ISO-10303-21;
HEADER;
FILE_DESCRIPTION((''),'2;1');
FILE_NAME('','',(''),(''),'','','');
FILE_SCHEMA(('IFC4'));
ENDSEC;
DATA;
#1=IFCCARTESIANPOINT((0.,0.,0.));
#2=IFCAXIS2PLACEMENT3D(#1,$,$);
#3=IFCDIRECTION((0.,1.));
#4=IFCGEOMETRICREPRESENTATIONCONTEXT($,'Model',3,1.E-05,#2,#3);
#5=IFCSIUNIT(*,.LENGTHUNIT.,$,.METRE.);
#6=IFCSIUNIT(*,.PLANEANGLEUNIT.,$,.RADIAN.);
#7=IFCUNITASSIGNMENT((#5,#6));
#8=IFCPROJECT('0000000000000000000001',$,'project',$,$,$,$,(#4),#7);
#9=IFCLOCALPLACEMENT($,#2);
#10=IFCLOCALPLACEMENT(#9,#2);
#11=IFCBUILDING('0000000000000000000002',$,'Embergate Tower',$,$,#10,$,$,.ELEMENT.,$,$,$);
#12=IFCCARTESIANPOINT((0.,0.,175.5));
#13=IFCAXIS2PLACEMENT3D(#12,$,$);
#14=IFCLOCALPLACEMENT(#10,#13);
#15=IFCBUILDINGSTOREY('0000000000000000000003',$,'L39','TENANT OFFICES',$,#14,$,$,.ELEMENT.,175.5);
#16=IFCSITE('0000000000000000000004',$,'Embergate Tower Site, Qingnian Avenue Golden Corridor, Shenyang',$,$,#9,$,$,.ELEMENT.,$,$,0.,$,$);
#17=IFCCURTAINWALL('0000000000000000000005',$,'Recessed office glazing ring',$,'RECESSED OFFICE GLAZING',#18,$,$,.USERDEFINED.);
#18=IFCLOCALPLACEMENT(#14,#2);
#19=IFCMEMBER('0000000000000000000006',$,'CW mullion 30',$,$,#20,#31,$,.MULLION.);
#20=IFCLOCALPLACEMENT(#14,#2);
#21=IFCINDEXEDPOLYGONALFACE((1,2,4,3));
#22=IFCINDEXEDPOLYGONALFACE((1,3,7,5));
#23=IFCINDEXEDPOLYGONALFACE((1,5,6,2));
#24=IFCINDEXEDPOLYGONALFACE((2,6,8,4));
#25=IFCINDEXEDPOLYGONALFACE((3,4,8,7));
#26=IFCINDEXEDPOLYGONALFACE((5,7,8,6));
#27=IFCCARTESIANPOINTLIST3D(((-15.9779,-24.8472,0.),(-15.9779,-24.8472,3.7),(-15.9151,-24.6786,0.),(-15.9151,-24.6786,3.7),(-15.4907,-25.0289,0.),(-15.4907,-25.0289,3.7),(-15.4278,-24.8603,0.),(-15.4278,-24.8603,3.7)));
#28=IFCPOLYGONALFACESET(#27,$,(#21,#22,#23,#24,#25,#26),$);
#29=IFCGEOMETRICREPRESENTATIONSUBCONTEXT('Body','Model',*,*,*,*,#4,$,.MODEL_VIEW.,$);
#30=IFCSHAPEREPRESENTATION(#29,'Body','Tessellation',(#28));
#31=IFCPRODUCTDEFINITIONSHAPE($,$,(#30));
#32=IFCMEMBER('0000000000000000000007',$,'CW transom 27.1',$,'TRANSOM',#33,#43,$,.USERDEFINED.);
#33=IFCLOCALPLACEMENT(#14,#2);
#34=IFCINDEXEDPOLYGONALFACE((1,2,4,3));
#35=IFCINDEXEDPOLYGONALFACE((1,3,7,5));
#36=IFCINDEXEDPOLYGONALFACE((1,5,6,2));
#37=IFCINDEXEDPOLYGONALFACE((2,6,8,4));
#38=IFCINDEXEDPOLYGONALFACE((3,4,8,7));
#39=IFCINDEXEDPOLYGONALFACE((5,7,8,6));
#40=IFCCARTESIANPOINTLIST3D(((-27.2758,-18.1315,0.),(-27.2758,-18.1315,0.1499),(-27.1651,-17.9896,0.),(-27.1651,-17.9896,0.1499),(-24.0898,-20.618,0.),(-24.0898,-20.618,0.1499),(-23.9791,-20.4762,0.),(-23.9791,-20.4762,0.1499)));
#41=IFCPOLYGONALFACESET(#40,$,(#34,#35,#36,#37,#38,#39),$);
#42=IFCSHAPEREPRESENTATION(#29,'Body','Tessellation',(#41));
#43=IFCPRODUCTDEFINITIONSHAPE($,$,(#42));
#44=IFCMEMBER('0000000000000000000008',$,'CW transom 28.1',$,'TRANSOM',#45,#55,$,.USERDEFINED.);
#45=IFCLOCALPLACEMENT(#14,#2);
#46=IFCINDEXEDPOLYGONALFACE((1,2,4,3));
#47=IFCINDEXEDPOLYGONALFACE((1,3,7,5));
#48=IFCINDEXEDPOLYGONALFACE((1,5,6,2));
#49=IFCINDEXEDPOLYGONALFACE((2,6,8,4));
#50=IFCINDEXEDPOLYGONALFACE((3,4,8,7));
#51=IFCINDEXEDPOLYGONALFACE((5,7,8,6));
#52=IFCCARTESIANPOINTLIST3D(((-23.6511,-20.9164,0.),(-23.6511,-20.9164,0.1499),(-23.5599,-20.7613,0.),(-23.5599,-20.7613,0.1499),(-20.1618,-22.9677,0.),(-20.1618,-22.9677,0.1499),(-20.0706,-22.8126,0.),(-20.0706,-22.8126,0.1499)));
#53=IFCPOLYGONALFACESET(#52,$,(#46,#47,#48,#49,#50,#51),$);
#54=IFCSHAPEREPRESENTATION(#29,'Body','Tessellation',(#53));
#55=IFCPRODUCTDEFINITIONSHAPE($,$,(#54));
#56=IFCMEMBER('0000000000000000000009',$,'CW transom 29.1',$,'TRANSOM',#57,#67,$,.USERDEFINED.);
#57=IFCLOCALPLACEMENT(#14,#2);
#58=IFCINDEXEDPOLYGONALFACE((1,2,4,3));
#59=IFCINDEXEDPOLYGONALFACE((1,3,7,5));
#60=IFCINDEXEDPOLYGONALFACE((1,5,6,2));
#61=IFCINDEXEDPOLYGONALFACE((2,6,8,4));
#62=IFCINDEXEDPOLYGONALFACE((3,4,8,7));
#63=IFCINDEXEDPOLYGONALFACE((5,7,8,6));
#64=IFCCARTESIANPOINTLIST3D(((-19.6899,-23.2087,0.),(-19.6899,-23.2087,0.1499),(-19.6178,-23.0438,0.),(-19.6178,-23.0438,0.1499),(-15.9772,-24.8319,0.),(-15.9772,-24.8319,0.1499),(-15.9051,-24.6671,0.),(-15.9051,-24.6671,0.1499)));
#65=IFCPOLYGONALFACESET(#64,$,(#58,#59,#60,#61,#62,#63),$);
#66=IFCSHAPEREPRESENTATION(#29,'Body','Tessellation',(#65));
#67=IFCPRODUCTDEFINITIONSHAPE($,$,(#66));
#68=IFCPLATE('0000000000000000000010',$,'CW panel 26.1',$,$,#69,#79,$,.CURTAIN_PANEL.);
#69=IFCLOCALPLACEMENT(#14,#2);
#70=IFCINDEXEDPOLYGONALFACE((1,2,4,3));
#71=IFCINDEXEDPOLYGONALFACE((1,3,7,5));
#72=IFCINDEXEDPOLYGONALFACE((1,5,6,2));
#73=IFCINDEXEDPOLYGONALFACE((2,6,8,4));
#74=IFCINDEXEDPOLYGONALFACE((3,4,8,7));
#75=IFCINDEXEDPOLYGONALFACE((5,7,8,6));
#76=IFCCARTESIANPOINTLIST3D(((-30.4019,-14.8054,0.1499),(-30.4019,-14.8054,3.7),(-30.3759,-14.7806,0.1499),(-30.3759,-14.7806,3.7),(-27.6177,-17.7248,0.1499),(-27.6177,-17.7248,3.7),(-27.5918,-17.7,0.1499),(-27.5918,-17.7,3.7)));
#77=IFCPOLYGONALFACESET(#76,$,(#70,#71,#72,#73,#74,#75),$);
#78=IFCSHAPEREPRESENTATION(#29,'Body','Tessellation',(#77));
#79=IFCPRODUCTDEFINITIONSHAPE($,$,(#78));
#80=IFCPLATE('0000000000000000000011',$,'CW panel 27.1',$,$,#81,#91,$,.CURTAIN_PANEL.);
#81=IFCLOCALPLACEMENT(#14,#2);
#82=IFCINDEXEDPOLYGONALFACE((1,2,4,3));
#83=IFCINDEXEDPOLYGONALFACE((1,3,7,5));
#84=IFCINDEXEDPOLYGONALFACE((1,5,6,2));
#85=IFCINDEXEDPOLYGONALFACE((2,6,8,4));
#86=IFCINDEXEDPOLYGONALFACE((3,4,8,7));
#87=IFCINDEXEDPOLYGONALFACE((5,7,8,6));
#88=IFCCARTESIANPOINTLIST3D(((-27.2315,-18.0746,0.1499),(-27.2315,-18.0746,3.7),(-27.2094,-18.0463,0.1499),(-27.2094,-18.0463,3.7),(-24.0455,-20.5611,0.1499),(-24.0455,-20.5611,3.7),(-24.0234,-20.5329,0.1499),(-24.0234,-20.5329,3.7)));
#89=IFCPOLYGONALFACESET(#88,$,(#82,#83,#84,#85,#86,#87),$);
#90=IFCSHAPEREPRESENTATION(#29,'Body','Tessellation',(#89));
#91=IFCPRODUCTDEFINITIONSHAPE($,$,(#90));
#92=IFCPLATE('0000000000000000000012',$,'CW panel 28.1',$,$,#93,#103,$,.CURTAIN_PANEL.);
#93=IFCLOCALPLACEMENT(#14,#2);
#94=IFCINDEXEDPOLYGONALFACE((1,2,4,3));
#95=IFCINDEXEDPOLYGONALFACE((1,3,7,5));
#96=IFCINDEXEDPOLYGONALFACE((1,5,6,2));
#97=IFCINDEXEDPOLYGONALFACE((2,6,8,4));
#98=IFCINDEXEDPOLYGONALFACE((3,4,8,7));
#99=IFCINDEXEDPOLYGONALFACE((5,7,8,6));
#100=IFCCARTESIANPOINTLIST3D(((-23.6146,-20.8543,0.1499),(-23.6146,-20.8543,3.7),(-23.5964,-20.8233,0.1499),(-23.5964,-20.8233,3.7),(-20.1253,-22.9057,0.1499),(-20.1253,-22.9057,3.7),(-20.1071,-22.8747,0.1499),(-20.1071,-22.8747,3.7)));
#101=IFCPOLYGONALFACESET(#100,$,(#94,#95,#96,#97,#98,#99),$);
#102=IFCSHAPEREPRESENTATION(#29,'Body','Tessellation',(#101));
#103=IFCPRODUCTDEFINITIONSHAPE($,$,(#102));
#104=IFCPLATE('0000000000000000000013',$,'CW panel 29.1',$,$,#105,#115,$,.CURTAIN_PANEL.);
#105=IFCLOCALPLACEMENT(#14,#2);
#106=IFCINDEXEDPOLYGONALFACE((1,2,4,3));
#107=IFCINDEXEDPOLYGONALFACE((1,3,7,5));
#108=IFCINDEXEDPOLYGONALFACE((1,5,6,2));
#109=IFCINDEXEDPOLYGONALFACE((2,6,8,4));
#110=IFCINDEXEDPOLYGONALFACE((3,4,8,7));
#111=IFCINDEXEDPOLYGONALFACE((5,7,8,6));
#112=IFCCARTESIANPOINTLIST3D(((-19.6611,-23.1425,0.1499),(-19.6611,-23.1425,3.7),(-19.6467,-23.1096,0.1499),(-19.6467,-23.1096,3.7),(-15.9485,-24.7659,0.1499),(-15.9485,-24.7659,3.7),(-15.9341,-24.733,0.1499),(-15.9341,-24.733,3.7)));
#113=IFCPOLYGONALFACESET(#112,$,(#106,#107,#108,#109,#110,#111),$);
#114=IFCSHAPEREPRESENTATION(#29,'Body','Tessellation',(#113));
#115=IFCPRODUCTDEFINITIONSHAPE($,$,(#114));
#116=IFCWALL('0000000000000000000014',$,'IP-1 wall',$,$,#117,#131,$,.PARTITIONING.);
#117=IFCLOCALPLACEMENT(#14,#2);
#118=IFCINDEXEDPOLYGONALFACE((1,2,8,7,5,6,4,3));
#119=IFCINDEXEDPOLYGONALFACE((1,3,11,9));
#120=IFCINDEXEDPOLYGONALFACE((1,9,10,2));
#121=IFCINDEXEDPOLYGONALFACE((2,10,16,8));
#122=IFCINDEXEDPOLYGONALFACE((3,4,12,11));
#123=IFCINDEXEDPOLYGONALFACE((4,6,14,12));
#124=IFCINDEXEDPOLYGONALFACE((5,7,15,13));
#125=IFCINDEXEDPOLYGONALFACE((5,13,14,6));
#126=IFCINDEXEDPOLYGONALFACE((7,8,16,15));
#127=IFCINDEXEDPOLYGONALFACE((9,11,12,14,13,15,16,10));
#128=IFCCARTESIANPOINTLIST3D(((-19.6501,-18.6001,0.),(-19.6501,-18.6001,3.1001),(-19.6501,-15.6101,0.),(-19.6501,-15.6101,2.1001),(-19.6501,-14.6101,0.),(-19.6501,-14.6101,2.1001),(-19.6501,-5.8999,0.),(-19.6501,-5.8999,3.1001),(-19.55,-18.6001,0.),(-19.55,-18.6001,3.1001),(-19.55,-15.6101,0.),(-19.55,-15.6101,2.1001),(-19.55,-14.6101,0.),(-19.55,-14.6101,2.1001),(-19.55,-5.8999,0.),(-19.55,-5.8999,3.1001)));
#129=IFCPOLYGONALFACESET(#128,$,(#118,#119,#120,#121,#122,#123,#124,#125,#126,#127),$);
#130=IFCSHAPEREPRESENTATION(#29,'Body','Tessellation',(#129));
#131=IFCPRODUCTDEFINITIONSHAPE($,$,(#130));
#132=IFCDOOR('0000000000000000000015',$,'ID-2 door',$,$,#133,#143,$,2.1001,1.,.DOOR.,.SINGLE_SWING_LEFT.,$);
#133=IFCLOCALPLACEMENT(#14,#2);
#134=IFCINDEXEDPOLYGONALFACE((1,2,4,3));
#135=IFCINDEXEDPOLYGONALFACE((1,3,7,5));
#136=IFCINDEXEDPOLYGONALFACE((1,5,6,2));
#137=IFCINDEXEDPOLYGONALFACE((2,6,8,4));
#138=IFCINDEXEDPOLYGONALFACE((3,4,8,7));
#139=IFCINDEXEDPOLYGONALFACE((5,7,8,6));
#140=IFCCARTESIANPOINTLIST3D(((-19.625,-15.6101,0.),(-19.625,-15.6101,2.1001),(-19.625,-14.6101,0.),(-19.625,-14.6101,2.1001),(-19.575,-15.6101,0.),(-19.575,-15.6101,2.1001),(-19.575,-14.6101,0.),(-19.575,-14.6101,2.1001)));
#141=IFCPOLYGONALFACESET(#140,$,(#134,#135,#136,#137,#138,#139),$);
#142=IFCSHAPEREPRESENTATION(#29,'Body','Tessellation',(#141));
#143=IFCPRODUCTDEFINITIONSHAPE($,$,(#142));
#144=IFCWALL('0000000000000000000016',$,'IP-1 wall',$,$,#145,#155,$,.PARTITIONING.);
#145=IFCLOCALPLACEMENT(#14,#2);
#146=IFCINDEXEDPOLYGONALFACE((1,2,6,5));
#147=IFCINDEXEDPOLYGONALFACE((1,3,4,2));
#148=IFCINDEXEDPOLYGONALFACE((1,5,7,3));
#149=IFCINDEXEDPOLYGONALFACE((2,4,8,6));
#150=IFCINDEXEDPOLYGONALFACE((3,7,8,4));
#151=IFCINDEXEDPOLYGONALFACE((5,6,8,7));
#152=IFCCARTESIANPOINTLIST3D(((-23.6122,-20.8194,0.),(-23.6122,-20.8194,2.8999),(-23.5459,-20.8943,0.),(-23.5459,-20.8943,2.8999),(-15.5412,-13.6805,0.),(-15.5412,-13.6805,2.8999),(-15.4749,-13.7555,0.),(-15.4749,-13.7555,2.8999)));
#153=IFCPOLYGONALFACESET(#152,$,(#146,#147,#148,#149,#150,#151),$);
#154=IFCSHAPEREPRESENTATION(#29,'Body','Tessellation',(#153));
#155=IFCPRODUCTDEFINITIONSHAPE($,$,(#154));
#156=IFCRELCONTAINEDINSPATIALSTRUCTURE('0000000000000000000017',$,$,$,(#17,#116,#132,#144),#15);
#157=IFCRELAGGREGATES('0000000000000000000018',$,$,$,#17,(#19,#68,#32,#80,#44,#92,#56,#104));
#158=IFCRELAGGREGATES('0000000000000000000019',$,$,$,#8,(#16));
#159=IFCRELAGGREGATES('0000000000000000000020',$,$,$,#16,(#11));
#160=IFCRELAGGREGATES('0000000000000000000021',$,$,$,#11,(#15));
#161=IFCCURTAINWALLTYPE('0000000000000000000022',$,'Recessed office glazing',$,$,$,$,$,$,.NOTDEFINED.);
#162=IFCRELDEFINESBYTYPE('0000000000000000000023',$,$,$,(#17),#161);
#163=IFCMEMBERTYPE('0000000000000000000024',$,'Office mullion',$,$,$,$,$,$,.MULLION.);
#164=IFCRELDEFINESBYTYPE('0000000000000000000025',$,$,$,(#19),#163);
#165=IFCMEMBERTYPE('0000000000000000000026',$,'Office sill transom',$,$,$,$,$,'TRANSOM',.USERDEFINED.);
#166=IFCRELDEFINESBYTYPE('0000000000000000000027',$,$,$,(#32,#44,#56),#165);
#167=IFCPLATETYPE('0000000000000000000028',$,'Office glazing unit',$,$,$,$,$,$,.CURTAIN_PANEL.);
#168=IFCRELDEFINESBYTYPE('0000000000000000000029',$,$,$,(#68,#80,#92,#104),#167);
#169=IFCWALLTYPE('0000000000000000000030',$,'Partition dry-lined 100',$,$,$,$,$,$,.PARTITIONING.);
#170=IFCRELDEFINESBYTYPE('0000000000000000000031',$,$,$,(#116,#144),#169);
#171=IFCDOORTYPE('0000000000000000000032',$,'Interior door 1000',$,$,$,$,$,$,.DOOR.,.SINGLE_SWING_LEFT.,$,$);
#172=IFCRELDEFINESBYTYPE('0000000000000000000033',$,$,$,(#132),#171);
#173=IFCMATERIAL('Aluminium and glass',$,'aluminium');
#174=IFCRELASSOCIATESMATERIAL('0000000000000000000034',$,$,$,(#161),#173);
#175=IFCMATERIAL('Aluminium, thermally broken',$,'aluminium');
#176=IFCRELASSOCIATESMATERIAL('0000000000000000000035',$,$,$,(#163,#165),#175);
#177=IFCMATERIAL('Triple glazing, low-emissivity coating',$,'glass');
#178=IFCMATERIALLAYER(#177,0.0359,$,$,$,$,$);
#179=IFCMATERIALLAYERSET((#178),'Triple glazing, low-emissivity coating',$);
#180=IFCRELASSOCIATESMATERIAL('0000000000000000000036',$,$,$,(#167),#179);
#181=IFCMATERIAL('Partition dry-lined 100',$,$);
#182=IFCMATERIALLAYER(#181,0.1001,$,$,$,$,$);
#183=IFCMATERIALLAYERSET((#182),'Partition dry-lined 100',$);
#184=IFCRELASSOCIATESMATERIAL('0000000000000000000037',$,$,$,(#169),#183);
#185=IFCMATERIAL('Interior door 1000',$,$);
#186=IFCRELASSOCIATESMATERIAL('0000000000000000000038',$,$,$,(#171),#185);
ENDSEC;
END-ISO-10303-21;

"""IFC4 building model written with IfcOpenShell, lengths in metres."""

from ifc_helpers import new_model, si_unit, direction, frame, frame_2d, origin, origin_2d, place, context, subcontext, project, spatial, rectangle, extrude, source, transform, mapped, material, layer, layer_set, material_profile, profile_set, type_object, element, fill, aggregate, save


model = new_model("IFC4")

# Units and contexts
model_context = context("Model", 3, precision=1e-05, world=origin(), true_north=direction((0.0, 1.0)))
body_context = subcontext(model_context, "Body", "Model", "MODEL_VIEW")
ifc_project = project(units=[si_unit("LENGTHUNIT", "METRE"), si_unit("PLANEANGLEUNIT", "RADIAN")], contexts=[model_context])

# Site, building, storey
site_placement = place(None, origin())
site = spatial("IfcSite", under=ifc_project, at=site_placement, Name="Embergate Tower Site, Qingnian Avenue Golden Corridor, Shenyang", CompositionType="ELEMENT", RefElevation=0.0)
building_placement = place(site_placement, origin())
building = spatial("IfcBuilding", under=site, at=building_placement, Name="Embergate Tower", CompositionType="ELEMENT")
storey_placement = place(building_placement, frame((0.0, 0.0, 175.5)))
storey = spatial("IfcBuildingStorey", under=building, at=storey_placement, Name="L39", Description="TENANT OFFICES", CompositionType="ELEMENT", Elevation=175.5)

# Curtain wall, members, plates
ifc_material_1 = material(Name="Aluminium and glass", Category="aluminium")
curtain_wall_type = type_object("IfcCurtainWallType", Name="Recessed office glazing", PredefinedType="NOTDEFINED", material=ifc_material_1)
curtain_wall_placement = place(storey_placement, origin())
curtain_wall = element("IfcCurtainWall", 1, at=curtain_wall_placement, inside=storey, type_object=curtain_wall_type, Name="Recessed office glazing ring", ObjectType="RECESSED OFFICE GLAZING", PredefinedType="USERDEFINED")
ifc_material_2 = material(Name="Aluminium, thermally broken", Category="aluminium")
ifc_material_profile_1 = material_profile(ifc_material_2, rectangle(XDim=0.1799, YDim=0.52, at=origin_2d()), Name="AL 520x180")
ifc_profile_set_1 = profile_set([ifc_material_profile_1], Name="Aluminium, thermally broken")
member_type_1 = type_object("IfcMemberType", Name="Office mullion", PredefinedType="MULLION", material=ifc_profile_set_1)
shared_shape_1 = source(origin(), body_context, "Body", "SweptSolid", [
    extrude(rectangle(XDim=0.1799, YDim=0.52, at=origin_2d()), origin(), (0.0, 0.0, 1.0), 3.7),
])
member_1_placement = place(storey_placement, frame((-15.7029, -24.8538, 0.0), z_axis=(0.0, 0.0, 1.0), x_axis=(0.349498, 0.936937, 0.0)))
member_1 = element("IfcMember", 2, at=member_1_placement, type_object=member_type_1, Name="CW mullion 30", PredefinedType="MULLION", context=body_context, shape_type="MappedRepresentation", body=[
    mapped(shared_shape_1, transform((0.0, 0.0, 0.0))),
])
ifc_material_profile_2 = material_profile(ifc_material_2, rectangle(XDim=0.1799, YDim=0.1499, at=origin_2d()), Name="AL 150x180")
ifc_profile_set_2 = profile_set([ifc_material_profile_2], Name="Aluminium, thermally broken")
member_type_2 = type_object("IfcMemberType", Name="Office sill transom", ElementType="TRANSOM", PredefinedType="USERDEFINED", material=ifc_profile_set_2)
shared_shape_2 = source(origin(), body_context, "Body", "SweptSolid", [
    extrude(rectangle(XDim=0.1799, YDim=0.1499, at=origin_2d()), origin(), (0.0, 0.0, 1.0), 4.0415),
])
member_2_placement = place(storey_placement, frame((-27.2205, -18.0605, 0.075), z_axis=(0.788327, -0.615257, 0.0), x_axis=(0.615257, 0.788327, 0.0)))
member_2 = element("IfcMember", 3, at=member_2_placement, type_object=member_type_2, Name="CW transom 27.1", ObjectType="TRANSOM", PredefinedType="USERDEFINED", context=body_context, shape_type="MappedRepresentation", body=[
    mapped(shared_shape_2, transform((0.0, 0.0, 0.0))),
])
shared_shape_3 = source(origin(), body_context, "Body", "SweptSolid", [
    extrude(rectangle(XDim=0.1799, YDim=0.1499, at=origin_2d()), origin(), (0.0, 0.0, 1.0), 4.0476),
])
member_3_placement = place(storey_placement, frame((-23.6055, -20.8389, 0.075), z_axis=(0.862068, -0.506793, 0.0), x_axis=(0.506793, 0.862068, 0.0)))
member_3 = element("IfcMember", 4, at=member_3_placement, type_object=member_type_2, Name="CW transom 28.1", ObjectType="TRANSOM", PredefinedType="USERDEFINED", context=body_context, shape_type="MappedRepresentation", body=[
    mapped(shared_shape_3, transform((0.0, 0.0, 0.0))),
])
shared_shape_4 = source(origin(), body_context, "Body", "SweptSolid", [
    extrude(rectangle(XDim=0.1799, YDim=0.1499, at=origin_2d()), origin(), (0.0, 0.0, 1.0), 4.052),
])
member_4_placement = place(storey_placement, frame((-19.6538, -23.1262, 0.075), z_axis=(0.916247, -0.400613, 0.0), x_axis=(0.400613, 0.916247, 0.0)))
member_4 = element("IfcMember", 5, at=member_4_placement, type_object=member_type_2, Name="CW transom 29.1", ObjectType="TRANSOM", PredefinedType="USERDEFINED", context=body_context, shape_type="MappedRepresentation", body=[
    mapped(shared_shape_4, transform((0.0, 0.0, 0.0))),
])
ifc_material_3 = material(Name="Triple glazing, low-emissivity coating", Category="glass")
ifc_layer_1 = layer(ifc_material_3, 0.0359)
ifc_layer_set_1 = layer_set([ifc_layer_1], Name="Triple glazing, low-emissivity coating")
plate_type = type_object("IfcPlateType", Name="Office glazing unit", PredefinedType="CURTAIN_PANEL", material=ifc_layer_set_1)
shared_shape_5 = source(origin(), body_context, "Body", "SweptSolid", [
    extrude(rectangle(XDim=4.0342, YDim=0.0359, at=origin_2d()), origin(), (0.0, 0.0, 1.0), 3.55),
])
plate_1_placement = place(storey_placement, frame((-28.9968, -16.2527, 0.1499), z_axis=(0.0, 0.0, 1.0), x_axis=(0.69014, -0.723676, 0.0)))
plate_1 = element("IfcPlate", 6, at=plate_1_placement, type_object=plate_type, Name="CW panel 26.1", PredefinedType="CURTAIN_PANEL", context=body_context, shape_type="MappedRepresentation", body=[
    mapped(shared_shape_5, transform((0.0, 0.0, 0.0))),
])
shared_shape_6 = source(origin(), body_context, "Body", "SweptSolid", [
    extrude(rectangle(XDim=4.0415, YDim=0.0359, at=origin_2d()), origin(), (0.0, 0.0, 1.0), 3.55),
])
plate_2_placement = place(storey_placement, frame((-25.6274, -19.3037, 0.1499), z_axis=(0.0, 0.0, 1.0), x_axis=(0.788324, -0.61526, 0.0)))
plate_2 = element("IfcPlate", 7, at=plate_2_placement, type_object=plate_type, Name="CW panel 27.1", PredefinedType="CURTAIN_PANEL", context=body_context, shape_type="MappedRepresentation", body=[
    mapped(shared_shape_6, transform((0.0, 0.0, 0.0))),
])
shared_shape_7 = source(origin(), body_context, "Body", "SweptSolid", [
    extrude(rectangle(XDim=4.0476, YDim=0.0359, at=origin_2d()), origin(), (0.0, 0.0, 1.0), 3.55),
])
plate_3_placement = place(storey_placement, frame((-21.8608, -21.8645, 0.1499), z_axis=(0.0, 0.0, 1.0), x_axis=(0.862056, -0.506813, 0.0)))
plate_3 = element("IfcPlate", 8, at=plate_3_placement, type_object=plate_type, Name="CW panel 28.1", PredefinedType="CURTAIN_PANEL", context=body_context, shape_type="MappedRepresentation", body=[
    mapped(shared_shape_7, transform((0.0, 0.0, 0.0))),
])
shared_shape_8 = source(origin(), body_context, "Body", "SweptSolid", [
    extrude(rectangle(XDim=4.052, YDim=0.0359, at=origin_2d()), origin(), (0.0, 0.0, 1.0), 3.55),
])
plate_4_placement = place(storey_placement, frame((-17.7976, -23.9377, 0.1499), z_axis=(0.0, 0.0, 1.0), x_axis=(0.916238, -0.400634, 0.0)))
plate_4 = element("IfcPlate", 9, at=plate_4_placement, type_object=plate_type, Name="CW panel 29.1", PredefinedType="CURTAIN_PANEL", context=body_context, shape_type="MappedRepresentation", body=[
    mapped(shared_shape_8, transform((0.0, 0.0, 0.0))),
])
aggregate(curtain_wall, [member_1, plate_1, member_2, plate_2, member_3, plate_3, member_4, plate_4])

# Wall, opening, door
ifc_material_4 = material(Name="Partition dry-lined 100")
ifc_layer_2 = layer(ifc_material_4, 0.1001)
ifc_layer_set_2 = layer_set([ifc_layer_2], Name="Partition dry-lined 100")
wall_type = type_object("IfcWallType", Name="Partition dry-lined 100", PredefinedType="PARTITIONING", material=ifc_layer_set_2)
shared_shape_9 = source(origin(), body_context, "Body", "SweptSolid", [
    extrude(rectangle(XDim=12.7002, YDim=0.1001, at=frame_2d((6.3501, 0.0))), origin(), (0.0, 0.0, 1.0), 3.1001),
])
wall_1_placement = place(storey_placement, frame((-19.6001, -18.6001, 0.0), z_axis=(0.0, 0.0, 1.0), x_axis=(0.0, 1.0, 0.0)))
wall_1 = element("IfcWall", 10, at=wall_1_placement, inside=storey, type_object=wall_type, Name="IP-1 wall", PredefinedType="PARTITIONING", context=body_context, shape_type="MappedRepresentation", body=[
    mapped(shared_shape_9, transform((0.0, 0.0, 0.0))),
])
shared_shape_10 = source(origin(), body_context, "Body", "SweptSolid", [
    extrude(rectangle(XDim=1.0, YDim=2.1001, at=frame_2d((0.5, 1.05))), frame((0.0, 0.0601, 0.0), z_axis=(0.0, -1.0, 0.0), x_axis=(1.0, 0.0, 0.0)), (0.0, 0.0, 1.0), 0.1201),
])
opening_placement = place(wall_1_placement, frame((2.99, 0.0, 0.0)))
opening = element("IfcOpeningElement", 11, at=opening_placement, cuts=wall_1, PredefinedType="OPENING", context=body_context, shape_type="MappedRepresentation", body=[
    mapped(shared_shape_10, transform((0.0, 0.0, 0.0))),
])
ifc_material_5 = material(Name="Interior door 1000")
door_type = type_object("IfcDoorType", Name="Interior door 1000", OperationType="SINGLE_SWING_LEFT", PredefinedType="DOOR", material=ifc_material_5)
shared_shape_11 = source(origin(), body_context, "Body", "SweptSolid", [
    extrude(rectangle(XDim=1.0, YDim=2.1001, at=frame_2d((0.5, 1.05))), frame((0.0, 0.0249, 0.0), z_axis=(0.0, -1.0, 0.0), x_axis=(1.0, 0.0, 0.0)), (0.0, 0.0, 1.0), 0.05),
])
door_placement = place(opening_placement, origin())
door = element("IfcDoor", 12, at=door_placement, inside=storey, type_object=door_type, Name="ID-2 door", OperationType="SINGLE_SWING_LEFT", OverallHeight=2.1001, OverallWidth=1.0, PredefinedType="DOOR", context=body_context, shape_type="MappedRepresentation", body=[
    mapped(shared_shape_11, transform((0.0, 0.0, 0.0))),
])
fill(opening, door)

# Wall
shared_shape_12 = source(origin(), body_context, "Body", "SweptSolid", [
    extrude(rectangle(XDim=10.7751, YDim=0.1001, at=frame_2d((5.3877, 0.0))), origin(), (0.0, 0.0, 1.0), 2.8999),
])
wall_2_placement = place(storey_placement, frame((-23.5791, -20.8569, 0.0), z_axis=(0.0, 0.0, 1.0), x_axis=(0.749036, 0.662529, 0.0)))
element("IfcWall", 13, at=wall_2_placement, inside=storey, type_object=wall_type, Name="IP-1 wall", PredefinedType="PARTITIONING", context=body_context, shape_type="MappedRepresentation", body=[
    mapped(shared_shape_12, transform((0.0, 0.0, 0.0))),
])

save(model, "model.ifc")
